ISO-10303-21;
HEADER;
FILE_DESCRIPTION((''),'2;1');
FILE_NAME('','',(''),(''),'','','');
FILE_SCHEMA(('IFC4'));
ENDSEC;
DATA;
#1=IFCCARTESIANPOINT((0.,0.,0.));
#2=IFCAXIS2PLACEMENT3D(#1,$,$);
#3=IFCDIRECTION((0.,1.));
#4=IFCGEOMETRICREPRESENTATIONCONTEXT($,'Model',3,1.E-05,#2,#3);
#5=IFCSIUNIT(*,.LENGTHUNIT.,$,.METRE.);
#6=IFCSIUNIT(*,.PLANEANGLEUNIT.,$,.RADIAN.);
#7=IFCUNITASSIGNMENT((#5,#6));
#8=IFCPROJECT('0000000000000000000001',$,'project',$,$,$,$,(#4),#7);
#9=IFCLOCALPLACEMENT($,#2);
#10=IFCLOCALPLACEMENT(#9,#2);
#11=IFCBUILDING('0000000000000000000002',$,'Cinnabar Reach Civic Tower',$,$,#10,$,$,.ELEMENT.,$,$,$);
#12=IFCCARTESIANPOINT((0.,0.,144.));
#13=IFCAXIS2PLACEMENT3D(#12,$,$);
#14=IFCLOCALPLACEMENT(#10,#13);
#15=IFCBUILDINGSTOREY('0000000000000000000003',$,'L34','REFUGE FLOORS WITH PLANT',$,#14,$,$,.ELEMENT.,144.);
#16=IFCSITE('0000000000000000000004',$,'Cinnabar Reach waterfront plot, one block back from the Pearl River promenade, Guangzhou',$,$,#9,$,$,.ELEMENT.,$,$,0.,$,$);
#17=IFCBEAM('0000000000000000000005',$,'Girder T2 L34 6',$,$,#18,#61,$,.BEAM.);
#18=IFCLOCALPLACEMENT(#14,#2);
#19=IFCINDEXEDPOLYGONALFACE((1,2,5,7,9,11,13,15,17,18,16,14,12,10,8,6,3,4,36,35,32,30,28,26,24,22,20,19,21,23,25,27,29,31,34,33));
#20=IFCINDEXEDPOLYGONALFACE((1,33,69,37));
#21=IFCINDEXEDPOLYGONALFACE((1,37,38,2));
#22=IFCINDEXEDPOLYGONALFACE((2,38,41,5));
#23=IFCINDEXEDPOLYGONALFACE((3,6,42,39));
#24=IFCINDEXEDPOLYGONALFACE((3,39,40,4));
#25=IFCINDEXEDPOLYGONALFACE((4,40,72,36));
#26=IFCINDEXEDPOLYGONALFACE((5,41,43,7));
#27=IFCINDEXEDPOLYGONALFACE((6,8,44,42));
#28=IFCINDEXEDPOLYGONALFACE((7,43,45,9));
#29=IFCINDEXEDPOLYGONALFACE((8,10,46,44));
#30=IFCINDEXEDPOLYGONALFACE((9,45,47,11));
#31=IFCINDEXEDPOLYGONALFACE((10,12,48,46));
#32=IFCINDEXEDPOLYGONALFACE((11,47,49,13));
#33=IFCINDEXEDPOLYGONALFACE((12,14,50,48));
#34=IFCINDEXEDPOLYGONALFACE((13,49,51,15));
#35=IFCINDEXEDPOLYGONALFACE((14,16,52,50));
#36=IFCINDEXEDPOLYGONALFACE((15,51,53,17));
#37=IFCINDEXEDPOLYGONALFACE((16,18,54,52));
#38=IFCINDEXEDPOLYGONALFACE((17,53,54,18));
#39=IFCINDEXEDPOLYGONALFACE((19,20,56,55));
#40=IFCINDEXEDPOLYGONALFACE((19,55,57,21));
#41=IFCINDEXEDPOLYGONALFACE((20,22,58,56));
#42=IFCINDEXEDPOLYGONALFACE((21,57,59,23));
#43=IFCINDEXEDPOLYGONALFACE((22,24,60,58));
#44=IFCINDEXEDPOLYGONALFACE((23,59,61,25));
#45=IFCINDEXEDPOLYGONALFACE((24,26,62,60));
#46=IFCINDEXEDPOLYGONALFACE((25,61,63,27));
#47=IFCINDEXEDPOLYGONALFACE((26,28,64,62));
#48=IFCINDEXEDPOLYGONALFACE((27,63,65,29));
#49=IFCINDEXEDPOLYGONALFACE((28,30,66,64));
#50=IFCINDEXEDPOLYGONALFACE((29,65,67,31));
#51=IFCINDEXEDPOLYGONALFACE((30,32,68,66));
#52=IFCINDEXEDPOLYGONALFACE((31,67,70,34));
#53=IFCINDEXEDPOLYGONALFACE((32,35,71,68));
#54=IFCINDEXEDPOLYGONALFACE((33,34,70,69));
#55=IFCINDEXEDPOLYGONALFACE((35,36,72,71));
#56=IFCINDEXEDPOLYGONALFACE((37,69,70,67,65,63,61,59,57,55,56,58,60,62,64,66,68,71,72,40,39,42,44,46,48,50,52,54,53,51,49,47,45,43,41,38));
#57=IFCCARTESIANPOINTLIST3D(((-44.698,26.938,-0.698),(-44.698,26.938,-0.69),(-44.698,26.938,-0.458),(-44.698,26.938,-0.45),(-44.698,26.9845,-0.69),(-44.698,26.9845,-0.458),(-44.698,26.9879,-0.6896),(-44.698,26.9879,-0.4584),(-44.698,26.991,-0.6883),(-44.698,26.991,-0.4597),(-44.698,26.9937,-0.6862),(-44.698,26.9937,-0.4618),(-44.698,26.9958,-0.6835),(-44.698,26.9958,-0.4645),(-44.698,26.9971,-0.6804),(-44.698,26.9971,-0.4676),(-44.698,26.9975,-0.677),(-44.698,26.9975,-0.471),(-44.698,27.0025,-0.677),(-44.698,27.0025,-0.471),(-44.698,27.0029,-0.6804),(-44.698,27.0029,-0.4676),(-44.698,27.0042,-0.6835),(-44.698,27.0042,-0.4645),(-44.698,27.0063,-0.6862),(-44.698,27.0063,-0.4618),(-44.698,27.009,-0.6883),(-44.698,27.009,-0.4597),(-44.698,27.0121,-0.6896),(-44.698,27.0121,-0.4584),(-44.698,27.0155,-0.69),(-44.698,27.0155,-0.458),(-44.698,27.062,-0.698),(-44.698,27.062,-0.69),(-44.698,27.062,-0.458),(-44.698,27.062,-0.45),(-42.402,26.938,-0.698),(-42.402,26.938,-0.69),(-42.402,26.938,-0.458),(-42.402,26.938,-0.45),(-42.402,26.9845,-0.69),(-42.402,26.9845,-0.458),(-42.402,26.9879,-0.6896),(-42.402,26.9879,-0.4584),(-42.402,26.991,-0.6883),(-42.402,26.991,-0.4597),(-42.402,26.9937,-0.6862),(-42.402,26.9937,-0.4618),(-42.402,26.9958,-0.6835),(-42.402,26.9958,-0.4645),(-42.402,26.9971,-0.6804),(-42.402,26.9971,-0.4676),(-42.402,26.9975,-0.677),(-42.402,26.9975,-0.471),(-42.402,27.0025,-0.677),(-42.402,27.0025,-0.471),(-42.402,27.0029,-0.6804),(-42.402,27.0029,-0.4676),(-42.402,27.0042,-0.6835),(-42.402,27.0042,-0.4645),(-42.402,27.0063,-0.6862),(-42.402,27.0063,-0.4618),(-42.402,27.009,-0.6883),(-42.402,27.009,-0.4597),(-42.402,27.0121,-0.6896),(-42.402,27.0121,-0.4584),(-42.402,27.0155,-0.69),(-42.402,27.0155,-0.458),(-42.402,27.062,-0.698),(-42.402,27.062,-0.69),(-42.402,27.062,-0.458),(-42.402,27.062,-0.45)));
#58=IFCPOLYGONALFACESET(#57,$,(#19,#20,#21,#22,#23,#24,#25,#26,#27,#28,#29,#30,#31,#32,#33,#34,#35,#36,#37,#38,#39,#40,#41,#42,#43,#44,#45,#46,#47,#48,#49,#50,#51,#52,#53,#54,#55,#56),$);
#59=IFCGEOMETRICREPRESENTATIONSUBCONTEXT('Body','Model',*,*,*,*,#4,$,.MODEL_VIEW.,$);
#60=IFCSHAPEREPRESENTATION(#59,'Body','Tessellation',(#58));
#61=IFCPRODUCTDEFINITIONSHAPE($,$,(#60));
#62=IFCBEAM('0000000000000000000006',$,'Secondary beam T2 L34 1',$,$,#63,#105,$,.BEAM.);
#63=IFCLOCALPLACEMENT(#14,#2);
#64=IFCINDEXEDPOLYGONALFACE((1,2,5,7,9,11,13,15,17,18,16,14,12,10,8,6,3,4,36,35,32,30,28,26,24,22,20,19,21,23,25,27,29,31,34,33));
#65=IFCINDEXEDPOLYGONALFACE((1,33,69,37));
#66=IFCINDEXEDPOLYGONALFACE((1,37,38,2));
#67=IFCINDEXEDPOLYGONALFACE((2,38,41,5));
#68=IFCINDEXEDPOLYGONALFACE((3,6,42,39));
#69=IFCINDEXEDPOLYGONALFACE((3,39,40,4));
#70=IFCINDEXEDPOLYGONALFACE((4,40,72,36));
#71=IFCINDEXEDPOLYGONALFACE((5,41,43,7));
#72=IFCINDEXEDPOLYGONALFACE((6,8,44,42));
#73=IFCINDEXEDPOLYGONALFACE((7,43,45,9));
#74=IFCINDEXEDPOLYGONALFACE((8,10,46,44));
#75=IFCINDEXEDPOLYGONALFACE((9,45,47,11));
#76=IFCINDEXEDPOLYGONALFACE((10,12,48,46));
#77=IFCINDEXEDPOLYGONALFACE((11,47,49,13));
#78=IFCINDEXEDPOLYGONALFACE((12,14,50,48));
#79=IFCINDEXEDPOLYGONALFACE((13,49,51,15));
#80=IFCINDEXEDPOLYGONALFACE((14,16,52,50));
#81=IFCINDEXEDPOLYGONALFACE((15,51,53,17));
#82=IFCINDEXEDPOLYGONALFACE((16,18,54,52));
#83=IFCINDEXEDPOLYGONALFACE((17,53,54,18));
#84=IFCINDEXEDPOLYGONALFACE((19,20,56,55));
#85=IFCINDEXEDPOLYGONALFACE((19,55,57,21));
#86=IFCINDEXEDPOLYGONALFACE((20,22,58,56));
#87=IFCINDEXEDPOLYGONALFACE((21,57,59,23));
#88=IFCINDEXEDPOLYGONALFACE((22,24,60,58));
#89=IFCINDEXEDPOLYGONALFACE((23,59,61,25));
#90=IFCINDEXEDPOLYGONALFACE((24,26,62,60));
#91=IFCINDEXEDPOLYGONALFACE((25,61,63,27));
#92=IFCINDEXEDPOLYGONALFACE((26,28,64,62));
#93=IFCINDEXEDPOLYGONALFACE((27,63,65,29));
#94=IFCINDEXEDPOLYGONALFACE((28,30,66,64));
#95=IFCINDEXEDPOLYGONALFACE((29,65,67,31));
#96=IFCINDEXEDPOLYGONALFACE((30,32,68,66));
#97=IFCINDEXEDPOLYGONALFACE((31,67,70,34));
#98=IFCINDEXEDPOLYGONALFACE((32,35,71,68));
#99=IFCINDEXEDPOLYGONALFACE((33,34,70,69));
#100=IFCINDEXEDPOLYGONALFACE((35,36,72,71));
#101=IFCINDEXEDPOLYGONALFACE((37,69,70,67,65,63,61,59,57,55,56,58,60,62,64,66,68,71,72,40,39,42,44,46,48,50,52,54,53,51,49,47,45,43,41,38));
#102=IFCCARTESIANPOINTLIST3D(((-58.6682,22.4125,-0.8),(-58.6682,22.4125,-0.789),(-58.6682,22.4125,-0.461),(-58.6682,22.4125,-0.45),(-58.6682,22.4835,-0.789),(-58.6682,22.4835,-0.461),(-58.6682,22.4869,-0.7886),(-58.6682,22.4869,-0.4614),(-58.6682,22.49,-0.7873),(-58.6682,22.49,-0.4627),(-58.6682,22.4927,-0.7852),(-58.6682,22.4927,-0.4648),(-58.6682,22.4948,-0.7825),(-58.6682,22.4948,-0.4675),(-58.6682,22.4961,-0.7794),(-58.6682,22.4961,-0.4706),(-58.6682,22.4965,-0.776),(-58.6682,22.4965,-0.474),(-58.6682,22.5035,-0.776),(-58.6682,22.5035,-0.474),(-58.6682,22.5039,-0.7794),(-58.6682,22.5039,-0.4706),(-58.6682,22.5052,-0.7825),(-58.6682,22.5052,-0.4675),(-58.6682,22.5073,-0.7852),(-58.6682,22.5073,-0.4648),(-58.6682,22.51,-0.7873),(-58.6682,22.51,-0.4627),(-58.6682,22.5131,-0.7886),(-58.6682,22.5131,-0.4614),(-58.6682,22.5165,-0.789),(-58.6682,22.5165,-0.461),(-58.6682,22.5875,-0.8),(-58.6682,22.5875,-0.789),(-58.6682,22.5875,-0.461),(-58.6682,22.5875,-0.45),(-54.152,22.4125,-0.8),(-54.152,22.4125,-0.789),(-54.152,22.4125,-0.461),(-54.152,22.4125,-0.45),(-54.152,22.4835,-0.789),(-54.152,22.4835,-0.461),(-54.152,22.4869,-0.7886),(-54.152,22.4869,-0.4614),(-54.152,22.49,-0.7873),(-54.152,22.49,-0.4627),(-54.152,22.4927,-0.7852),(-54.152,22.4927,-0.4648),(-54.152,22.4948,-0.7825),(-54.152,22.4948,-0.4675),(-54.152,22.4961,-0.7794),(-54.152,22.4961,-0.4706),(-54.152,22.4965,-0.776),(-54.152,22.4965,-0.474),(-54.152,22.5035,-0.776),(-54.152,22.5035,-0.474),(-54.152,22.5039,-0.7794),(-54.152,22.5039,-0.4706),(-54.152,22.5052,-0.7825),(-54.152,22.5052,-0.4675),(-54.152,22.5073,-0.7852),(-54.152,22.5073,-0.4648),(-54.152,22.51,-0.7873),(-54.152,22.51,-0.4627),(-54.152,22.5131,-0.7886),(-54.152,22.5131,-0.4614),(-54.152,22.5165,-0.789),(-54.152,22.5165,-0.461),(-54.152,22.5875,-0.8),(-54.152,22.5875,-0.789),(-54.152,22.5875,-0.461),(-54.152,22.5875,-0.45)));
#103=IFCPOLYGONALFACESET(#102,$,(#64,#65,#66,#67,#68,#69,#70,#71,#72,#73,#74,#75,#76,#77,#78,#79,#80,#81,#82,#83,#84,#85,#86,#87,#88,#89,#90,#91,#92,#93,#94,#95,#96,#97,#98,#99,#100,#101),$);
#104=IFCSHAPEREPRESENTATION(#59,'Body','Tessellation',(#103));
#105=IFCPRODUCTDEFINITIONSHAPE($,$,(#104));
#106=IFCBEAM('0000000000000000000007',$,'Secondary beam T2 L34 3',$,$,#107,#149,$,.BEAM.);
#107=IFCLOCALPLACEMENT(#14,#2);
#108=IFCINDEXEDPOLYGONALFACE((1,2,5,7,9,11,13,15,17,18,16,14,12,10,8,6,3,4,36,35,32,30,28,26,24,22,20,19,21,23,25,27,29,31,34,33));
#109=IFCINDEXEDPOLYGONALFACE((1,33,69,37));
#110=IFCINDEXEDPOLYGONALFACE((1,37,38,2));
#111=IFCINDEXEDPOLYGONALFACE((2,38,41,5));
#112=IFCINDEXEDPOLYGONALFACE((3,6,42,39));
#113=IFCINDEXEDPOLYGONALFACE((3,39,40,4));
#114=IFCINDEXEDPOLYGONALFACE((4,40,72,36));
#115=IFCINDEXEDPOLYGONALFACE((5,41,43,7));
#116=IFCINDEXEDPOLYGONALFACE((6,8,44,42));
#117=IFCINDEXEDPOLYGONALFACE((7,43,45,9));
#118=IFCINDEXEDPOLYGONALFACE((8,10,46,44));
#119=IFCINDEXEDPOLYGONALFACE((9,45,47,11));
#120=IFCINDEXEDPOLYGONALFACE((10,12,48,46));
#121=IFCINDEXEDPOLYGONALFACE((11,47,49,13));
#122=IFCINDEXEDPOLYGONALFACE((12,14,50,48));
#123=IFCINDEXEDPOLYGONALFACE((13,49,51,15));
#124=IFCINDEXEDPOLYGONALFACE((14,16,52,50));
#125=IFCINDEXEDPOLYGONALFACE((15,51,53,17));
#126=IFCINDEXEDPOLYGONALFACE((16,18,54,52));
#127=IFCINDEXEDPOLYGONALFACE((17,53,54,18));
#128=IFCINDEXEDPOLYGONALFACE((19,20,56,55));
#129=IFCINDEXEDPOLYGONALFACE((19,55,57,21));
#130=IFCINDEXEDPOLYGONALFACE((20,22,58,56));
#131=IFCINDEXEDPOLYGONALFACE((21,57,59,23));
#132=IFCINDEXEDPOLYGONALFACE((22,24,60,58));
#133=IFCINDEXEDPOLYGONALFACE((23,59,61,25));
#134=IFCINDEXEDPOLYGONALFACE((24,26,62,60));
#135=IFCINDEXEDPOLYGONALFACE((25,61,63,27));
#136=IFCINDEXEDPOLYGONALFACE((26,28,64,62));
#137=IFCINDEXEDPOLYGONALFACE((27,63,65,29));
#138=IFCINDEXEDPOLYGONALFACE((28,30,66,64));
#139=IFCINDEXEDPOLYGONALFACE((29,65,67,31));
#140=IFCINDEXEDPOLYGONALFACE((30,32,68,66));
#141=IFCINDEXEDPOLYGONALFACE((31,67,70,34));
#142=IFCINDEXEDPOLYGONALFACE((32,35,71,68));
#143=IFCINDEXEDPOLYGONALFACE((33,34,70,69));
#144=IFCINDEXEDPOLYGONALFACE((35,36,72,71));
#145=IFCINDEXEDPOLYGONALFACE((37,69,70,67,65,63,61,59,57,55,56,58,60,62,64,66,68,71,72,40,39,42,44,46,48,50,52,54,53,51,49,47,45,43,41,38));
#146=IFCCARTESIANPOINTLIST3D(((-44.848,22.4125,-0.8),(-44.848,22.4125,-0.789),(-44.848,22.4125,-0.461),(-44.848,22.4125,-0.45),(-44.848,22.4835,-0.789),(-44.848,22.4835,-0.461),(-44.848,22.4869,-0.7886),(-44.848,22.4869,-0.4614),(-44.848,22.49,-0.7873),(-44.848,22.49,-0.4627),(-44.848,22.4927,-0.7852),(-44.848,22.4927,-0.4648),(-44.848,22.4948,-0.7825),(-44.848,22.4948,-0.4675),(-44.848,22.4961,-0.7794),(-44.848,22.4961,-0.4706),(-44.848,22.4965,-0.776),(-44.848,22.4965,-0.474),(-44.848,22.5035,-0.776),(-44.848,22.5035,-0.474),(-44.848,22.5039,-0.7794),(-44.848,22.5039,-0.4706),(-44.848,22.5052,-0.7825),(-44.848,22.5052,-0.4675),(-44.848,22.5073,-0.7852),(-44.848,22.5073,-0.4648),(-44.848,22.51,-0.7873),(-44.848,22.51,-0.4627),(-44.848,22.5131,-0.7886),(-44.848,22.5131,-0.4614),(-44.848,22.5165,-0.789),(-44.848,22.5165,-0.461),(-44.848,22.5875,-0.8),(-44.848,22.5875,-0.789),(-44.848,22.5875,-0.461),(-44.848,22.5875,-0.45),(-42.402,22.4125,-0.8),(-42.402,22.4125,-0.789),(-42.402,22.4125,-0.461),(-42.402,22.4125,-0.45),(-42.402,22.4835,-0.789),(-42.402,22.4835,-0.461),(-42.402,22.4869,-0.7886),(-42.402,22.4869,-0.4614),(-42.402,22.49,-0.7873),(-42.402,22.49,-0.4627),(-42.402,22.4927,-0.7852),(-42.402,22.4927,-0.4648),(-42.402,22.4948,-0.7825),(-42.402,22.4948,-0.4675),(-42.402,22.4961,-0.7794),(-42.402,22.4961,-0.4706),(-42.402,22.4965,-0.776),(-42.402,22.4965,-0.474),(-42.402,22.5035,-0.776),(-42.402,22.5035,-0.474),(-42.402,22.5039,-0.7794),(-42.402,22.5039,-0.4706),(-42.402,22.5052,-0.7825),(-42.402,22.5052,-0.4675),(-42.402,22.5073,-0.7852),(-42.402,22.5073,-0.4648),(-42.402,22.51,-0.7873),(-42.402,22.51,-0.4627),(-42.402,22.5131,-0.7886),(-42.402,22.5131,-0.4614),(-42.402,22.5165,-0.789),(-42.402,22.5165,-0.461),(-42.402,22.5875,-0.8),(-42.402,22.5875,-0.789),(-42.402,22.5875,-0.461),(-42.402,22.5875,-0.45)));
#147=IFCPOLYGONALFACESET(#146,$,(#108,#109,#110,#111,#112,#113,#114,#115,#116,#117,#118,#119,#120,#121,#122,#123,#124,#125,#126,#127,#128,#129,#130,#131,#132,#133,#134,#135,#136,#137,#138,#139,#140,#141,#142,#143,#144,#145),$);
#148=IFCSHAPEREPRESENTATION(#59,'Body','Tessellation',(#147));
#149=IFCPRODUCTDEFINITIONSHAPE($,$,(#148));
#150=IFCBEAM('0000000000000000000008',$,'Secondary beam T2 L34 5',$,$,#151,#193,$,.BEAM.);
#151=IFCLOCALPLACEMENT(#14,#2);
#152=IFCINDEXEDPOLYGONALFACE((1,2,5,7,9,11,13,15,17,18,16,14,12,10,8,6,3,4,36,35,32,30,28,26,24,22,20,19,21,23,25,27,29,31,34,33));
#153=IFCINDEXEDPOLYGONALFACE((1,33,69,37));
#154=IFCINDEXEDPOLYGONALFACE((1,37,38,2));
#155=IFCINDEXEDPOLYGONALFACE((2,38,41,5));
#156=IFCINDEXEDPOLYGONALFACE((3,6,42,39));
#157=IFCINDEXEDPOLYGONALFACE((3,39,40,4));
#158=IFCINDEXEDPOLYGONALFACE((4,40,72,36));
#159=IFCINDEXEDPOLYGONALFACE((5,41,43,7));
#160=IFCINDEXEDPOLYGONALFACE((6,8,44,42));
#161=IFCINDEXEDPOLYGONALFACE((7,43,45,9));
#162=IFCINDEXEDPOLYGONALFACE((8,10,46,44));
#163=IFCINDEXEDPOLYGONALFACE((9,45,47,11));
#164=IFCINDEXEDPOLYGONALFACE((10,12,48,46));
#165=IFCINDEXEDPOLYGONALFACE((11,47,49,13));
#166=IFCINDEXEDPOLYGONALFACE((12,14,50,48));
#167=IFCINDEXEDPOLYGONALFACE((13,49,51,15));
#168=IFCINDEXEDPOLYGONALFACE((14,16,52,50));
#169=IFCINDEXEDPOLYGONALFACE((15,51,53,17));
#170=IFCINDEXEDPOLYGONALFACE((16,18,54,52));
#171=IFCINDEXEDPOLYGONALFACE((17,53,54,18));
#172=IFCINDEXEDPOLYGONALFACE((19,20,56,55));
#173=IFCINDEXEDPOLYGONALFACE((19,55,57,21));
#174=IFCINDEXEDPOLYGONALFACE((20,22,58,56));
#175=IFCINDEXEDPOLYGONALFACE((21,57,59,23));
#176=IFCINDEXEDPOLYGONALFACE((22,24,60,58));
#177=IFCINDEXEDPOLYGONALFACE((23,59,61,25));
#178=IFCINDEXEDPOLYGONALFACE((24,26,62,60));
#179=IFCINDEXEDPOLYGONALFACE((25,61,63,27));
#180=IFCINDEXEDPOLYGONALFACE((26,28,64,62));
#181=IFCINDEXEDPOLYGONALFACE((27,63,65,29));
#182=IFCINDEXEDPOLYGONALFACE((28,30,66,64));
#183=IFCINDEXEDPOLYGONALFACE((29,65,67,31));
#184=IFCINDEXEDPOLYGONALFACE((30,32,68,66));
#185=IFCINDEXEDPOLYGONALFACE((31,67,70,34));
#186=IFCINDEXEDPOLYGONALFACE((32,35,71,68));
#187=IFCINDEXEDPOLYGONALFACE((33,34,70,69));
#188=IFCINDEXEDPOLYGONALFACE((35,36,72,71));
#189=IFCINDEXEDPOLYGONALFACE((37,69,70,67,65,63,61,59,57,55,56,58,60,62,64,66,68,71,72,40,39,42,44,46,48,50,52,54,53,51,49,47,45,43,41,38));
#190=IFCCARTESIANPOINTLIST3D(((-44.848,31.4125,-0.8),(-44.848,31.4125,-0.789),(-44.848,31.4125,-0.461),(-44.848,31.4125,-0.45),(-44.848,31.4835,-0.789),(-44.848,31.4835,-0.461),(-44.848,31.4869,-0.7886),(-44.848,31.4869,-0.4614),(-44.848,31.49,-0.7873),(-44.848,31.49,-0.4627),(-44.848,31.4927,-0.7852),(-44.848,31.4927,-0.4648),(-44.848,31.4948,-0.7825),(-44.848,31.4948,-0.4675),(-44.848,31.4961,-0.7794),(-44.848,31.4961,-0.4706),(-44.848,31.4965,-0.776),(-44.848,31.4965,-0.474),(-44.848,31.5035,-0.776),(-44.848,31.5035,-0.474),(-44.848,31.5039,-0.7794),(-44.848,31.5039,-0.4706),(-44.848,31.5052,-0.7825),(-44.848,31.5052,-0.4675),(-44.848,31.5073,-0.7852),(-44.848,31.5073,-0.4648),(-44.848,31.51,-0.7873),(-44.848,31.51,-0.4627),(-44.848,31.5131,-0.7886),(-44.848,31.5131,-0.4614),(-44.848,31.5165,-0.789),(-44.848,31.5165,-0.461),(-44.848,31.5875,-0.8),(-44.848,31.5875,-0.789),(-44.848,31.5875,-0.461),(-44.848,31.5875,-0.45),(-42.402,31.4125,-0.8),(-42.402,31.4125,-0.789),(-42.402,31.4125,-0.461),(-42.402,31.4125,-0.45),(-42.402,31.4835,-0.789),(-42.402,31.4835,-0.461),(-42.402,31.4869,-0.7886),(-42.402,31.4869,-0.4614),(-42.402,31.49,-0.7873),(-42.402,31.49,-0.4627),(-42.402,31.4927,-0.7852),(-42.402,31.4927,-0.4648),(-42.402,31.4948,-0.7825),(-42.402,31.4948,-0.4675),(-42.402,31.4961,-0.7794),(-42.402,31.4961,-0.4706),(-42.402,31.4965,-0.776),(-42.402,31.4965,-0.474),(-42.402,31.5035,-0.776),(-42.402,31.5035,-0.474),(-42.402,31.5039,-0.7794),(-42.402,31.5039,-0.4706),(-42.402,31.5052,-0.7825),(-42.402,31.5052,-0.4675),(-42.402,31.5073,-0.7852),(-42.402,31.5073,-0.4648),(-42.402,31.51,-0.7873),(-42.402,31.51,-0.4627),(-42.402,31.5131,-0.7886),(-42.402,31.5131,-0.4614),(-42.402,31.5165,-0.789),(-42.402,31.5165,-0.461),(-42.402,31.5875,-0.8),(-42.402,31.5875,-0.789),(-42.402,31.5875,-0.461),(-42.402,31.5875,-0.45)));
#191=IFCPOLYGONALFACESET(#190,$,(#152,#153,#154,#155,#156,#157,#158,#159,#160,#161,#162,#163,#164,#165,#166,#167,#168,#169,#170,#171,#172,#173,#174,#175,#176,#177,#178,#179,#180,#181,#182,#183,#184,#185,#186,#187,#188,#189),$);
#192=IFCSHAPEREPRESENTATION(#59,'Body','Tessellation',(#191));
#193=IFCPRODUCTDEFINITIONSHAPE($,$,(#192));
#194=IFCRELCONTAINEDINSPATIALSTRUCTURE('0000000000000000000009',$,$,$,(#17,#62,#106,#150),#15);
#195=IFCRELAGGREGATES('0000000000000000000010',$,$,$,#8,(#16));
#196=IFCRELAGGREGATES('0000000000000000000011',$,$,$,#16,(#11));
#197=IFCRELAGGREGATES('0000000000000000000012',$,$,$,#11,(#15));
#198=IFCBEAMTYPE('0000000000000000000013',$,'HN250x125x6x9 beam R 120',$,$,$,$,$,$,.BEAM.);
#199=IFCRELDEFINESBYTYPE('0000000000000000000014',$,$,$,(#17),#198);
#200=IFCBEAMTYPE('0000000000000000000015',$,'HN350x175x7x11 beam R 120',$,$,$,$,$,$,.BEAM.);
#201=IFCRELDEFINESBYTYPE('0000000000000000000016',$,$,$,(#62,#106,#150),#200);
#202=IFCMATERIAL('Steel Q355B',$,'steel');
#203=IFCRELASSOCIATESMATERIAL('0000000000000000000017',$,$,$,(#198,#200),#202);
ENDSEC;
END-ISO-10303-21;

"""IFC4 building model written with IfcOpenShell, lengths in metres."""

from ifc_helpers import new_model, si_unit, direction, frame, origin, origin_2d, place, context, subcontext, project, spatial, i_section, extrude, material, material_profile, profile_set, type_object, element, save


model = new_model("IFC4")

# Units and contexts
model_context = context("Model", 3, precision=1e-05, world=origin(), true_north=direction((0.0, 1.0)))
body_context = subcontext(model_context, "Body", "Model", "MODEL_VIEW")
ifc_project = project(units=[si_unit("LENGTHUNIT", "METRE"), si_unit("PLANEANGLEUNIT", "RADIAN")], contexts=[model_context])

# Site, building, storey
site_placement = place(None, origin())
site = spatial("IfcSite", under=ifc_project, at=site_placement, Name="Cinnabar Reach waterfront plot, one block back from the Pearl River promenade, Guangzhou", CompositionType="ELEMENT", RefElevation=0.0)
building_placement = place(site_placement, origin())
building = spatial("IfcBuilding", under=site, at=building_placement, Name="Cinnabar Reach Civic Tower", CompositionType="ELEMENT")
storey_placement = place(building_placement, frame((0.0, 0.0, 144.0)))
storey = spatial("IfcBuildingStorey", under=building, at=storey_placement, Name="L34", Description="REFUGE FLOORS WITH PLANT", CompositionType="ELEMENT", Elevation=144.0)

# Beams
ifc_material_1 = material(Name="Steel Q355B", Category="steel")
ifc_material_profile_1 = material_profile(ifc_material_1, i_section(OverallWidth=0.124, OverallDepth=0.248, WebThickness=0.005, FlangeThickness=0.008, FilletRadius=0.013, at=origin_2d()), Name="HN250x125x6x9")
ifc_profile_set_1 = profile_set([ifc_material_profile_1], Name="Steel Q355B")
beam_type_1 = type_object("IfcBeamType", Name="HN250x125x6x9 beam R 120", PredefinedType="BEAM", material=ifc_profile_set_1)
beam_1_placement = place(storey_placement, frame((-44.698, 27.0, -0.574), z_axis=(1.0, 0.0, 0.0), x_axis=(0.0, 1.0, 0.0)))
element("IfcBeam", 1, at=beam_1_placement, inside=storey, type_object=beam_type_1, Name="Girder T2 L34 6", PredefinedType="BEAM", context=body_context, shape_type="SweptSolid", body=[
    extrude(i_section(OverallWidth=0.124, OverallDepth=0.248, WebThickness=0.005, FlangeThickness=0.008, FilletRadius=0.013, at=origin_2d()), origin(), (0.0, 0.0, 1.0), 2.296),
])
ifc_material_profile_2 = material_profile(ifc_material_1, i_section(OverallWidth=0.175, OverallDepth=0.35, WebThickness=0.007, FlangeThickness=0.011, FilletRadius=0.013, at=origin_2d()), Name="HN350x175x7x11")
ifc_profile_set_2 = profile_set([ifc_material_profile_2], Name="Steel Q355B")
beam_type_2 = type_object("IfcBeamType", Name="HN350x175x7x11 beam R 120", PredefinedType="BEAM", material=ifc_profile_set_2)
beam_2_placement = place(storey_placement, frame((-58.6682, 22.5, -0.625), z_axis=(1.0, 0.0, 0.0), x_axis=(0.0, 1.0, 0.0)))
element("IfcBeam", 2, at=beam_2_placement, inside=storey, type_object=beam_type_2, Name="Secondary beam T2 L34 1", PredefinedType="BEAM", context=body_context, shape_type="SweptSolid", body=[
    extrude(i_section(OverallWidth=0.175, OverallDepth=0.35, WebThickness=0.007, FlangeThickness=0.011, FilletRadius=0.013, at=origin_2d()), origin(), (0.0, 0.0, 1.0), 4.5162),
])
for number, where, z_axis, x_axis, name in (
    (3, (-44.848, 22.5, -0.625), (1.0, 0.0, 0.0), (0.0, 1.0, 0.0), "Secondary beam T2 L34 3"),
    (4, (-44.848, 31.5, -0.625), (1.0, 0.0, 0.0), (0.0, 1.0, 0.0), "Secondary beam T2 L34 5"),
):
    element("IfcBeam", number, at=place(storey_placement, frame(where, z_axis=z_axis, x_axis=x_axis)), inside=storey, type_object=beam_type_2, Name=name, PredefinedType="BEAM", context=body_context, shape_type="SweptSolid", body=[
        extrude(i_section(OverallWidth=0.175, OverallDepth=0.35, WebThickness=0.007, FlangeThickness=0.011, FilletRadius=0.013, at=origin_2d()), origin(), (0.0, 0.0, 1.0), 2.446),
    ])

save(model, "model.ifc")
